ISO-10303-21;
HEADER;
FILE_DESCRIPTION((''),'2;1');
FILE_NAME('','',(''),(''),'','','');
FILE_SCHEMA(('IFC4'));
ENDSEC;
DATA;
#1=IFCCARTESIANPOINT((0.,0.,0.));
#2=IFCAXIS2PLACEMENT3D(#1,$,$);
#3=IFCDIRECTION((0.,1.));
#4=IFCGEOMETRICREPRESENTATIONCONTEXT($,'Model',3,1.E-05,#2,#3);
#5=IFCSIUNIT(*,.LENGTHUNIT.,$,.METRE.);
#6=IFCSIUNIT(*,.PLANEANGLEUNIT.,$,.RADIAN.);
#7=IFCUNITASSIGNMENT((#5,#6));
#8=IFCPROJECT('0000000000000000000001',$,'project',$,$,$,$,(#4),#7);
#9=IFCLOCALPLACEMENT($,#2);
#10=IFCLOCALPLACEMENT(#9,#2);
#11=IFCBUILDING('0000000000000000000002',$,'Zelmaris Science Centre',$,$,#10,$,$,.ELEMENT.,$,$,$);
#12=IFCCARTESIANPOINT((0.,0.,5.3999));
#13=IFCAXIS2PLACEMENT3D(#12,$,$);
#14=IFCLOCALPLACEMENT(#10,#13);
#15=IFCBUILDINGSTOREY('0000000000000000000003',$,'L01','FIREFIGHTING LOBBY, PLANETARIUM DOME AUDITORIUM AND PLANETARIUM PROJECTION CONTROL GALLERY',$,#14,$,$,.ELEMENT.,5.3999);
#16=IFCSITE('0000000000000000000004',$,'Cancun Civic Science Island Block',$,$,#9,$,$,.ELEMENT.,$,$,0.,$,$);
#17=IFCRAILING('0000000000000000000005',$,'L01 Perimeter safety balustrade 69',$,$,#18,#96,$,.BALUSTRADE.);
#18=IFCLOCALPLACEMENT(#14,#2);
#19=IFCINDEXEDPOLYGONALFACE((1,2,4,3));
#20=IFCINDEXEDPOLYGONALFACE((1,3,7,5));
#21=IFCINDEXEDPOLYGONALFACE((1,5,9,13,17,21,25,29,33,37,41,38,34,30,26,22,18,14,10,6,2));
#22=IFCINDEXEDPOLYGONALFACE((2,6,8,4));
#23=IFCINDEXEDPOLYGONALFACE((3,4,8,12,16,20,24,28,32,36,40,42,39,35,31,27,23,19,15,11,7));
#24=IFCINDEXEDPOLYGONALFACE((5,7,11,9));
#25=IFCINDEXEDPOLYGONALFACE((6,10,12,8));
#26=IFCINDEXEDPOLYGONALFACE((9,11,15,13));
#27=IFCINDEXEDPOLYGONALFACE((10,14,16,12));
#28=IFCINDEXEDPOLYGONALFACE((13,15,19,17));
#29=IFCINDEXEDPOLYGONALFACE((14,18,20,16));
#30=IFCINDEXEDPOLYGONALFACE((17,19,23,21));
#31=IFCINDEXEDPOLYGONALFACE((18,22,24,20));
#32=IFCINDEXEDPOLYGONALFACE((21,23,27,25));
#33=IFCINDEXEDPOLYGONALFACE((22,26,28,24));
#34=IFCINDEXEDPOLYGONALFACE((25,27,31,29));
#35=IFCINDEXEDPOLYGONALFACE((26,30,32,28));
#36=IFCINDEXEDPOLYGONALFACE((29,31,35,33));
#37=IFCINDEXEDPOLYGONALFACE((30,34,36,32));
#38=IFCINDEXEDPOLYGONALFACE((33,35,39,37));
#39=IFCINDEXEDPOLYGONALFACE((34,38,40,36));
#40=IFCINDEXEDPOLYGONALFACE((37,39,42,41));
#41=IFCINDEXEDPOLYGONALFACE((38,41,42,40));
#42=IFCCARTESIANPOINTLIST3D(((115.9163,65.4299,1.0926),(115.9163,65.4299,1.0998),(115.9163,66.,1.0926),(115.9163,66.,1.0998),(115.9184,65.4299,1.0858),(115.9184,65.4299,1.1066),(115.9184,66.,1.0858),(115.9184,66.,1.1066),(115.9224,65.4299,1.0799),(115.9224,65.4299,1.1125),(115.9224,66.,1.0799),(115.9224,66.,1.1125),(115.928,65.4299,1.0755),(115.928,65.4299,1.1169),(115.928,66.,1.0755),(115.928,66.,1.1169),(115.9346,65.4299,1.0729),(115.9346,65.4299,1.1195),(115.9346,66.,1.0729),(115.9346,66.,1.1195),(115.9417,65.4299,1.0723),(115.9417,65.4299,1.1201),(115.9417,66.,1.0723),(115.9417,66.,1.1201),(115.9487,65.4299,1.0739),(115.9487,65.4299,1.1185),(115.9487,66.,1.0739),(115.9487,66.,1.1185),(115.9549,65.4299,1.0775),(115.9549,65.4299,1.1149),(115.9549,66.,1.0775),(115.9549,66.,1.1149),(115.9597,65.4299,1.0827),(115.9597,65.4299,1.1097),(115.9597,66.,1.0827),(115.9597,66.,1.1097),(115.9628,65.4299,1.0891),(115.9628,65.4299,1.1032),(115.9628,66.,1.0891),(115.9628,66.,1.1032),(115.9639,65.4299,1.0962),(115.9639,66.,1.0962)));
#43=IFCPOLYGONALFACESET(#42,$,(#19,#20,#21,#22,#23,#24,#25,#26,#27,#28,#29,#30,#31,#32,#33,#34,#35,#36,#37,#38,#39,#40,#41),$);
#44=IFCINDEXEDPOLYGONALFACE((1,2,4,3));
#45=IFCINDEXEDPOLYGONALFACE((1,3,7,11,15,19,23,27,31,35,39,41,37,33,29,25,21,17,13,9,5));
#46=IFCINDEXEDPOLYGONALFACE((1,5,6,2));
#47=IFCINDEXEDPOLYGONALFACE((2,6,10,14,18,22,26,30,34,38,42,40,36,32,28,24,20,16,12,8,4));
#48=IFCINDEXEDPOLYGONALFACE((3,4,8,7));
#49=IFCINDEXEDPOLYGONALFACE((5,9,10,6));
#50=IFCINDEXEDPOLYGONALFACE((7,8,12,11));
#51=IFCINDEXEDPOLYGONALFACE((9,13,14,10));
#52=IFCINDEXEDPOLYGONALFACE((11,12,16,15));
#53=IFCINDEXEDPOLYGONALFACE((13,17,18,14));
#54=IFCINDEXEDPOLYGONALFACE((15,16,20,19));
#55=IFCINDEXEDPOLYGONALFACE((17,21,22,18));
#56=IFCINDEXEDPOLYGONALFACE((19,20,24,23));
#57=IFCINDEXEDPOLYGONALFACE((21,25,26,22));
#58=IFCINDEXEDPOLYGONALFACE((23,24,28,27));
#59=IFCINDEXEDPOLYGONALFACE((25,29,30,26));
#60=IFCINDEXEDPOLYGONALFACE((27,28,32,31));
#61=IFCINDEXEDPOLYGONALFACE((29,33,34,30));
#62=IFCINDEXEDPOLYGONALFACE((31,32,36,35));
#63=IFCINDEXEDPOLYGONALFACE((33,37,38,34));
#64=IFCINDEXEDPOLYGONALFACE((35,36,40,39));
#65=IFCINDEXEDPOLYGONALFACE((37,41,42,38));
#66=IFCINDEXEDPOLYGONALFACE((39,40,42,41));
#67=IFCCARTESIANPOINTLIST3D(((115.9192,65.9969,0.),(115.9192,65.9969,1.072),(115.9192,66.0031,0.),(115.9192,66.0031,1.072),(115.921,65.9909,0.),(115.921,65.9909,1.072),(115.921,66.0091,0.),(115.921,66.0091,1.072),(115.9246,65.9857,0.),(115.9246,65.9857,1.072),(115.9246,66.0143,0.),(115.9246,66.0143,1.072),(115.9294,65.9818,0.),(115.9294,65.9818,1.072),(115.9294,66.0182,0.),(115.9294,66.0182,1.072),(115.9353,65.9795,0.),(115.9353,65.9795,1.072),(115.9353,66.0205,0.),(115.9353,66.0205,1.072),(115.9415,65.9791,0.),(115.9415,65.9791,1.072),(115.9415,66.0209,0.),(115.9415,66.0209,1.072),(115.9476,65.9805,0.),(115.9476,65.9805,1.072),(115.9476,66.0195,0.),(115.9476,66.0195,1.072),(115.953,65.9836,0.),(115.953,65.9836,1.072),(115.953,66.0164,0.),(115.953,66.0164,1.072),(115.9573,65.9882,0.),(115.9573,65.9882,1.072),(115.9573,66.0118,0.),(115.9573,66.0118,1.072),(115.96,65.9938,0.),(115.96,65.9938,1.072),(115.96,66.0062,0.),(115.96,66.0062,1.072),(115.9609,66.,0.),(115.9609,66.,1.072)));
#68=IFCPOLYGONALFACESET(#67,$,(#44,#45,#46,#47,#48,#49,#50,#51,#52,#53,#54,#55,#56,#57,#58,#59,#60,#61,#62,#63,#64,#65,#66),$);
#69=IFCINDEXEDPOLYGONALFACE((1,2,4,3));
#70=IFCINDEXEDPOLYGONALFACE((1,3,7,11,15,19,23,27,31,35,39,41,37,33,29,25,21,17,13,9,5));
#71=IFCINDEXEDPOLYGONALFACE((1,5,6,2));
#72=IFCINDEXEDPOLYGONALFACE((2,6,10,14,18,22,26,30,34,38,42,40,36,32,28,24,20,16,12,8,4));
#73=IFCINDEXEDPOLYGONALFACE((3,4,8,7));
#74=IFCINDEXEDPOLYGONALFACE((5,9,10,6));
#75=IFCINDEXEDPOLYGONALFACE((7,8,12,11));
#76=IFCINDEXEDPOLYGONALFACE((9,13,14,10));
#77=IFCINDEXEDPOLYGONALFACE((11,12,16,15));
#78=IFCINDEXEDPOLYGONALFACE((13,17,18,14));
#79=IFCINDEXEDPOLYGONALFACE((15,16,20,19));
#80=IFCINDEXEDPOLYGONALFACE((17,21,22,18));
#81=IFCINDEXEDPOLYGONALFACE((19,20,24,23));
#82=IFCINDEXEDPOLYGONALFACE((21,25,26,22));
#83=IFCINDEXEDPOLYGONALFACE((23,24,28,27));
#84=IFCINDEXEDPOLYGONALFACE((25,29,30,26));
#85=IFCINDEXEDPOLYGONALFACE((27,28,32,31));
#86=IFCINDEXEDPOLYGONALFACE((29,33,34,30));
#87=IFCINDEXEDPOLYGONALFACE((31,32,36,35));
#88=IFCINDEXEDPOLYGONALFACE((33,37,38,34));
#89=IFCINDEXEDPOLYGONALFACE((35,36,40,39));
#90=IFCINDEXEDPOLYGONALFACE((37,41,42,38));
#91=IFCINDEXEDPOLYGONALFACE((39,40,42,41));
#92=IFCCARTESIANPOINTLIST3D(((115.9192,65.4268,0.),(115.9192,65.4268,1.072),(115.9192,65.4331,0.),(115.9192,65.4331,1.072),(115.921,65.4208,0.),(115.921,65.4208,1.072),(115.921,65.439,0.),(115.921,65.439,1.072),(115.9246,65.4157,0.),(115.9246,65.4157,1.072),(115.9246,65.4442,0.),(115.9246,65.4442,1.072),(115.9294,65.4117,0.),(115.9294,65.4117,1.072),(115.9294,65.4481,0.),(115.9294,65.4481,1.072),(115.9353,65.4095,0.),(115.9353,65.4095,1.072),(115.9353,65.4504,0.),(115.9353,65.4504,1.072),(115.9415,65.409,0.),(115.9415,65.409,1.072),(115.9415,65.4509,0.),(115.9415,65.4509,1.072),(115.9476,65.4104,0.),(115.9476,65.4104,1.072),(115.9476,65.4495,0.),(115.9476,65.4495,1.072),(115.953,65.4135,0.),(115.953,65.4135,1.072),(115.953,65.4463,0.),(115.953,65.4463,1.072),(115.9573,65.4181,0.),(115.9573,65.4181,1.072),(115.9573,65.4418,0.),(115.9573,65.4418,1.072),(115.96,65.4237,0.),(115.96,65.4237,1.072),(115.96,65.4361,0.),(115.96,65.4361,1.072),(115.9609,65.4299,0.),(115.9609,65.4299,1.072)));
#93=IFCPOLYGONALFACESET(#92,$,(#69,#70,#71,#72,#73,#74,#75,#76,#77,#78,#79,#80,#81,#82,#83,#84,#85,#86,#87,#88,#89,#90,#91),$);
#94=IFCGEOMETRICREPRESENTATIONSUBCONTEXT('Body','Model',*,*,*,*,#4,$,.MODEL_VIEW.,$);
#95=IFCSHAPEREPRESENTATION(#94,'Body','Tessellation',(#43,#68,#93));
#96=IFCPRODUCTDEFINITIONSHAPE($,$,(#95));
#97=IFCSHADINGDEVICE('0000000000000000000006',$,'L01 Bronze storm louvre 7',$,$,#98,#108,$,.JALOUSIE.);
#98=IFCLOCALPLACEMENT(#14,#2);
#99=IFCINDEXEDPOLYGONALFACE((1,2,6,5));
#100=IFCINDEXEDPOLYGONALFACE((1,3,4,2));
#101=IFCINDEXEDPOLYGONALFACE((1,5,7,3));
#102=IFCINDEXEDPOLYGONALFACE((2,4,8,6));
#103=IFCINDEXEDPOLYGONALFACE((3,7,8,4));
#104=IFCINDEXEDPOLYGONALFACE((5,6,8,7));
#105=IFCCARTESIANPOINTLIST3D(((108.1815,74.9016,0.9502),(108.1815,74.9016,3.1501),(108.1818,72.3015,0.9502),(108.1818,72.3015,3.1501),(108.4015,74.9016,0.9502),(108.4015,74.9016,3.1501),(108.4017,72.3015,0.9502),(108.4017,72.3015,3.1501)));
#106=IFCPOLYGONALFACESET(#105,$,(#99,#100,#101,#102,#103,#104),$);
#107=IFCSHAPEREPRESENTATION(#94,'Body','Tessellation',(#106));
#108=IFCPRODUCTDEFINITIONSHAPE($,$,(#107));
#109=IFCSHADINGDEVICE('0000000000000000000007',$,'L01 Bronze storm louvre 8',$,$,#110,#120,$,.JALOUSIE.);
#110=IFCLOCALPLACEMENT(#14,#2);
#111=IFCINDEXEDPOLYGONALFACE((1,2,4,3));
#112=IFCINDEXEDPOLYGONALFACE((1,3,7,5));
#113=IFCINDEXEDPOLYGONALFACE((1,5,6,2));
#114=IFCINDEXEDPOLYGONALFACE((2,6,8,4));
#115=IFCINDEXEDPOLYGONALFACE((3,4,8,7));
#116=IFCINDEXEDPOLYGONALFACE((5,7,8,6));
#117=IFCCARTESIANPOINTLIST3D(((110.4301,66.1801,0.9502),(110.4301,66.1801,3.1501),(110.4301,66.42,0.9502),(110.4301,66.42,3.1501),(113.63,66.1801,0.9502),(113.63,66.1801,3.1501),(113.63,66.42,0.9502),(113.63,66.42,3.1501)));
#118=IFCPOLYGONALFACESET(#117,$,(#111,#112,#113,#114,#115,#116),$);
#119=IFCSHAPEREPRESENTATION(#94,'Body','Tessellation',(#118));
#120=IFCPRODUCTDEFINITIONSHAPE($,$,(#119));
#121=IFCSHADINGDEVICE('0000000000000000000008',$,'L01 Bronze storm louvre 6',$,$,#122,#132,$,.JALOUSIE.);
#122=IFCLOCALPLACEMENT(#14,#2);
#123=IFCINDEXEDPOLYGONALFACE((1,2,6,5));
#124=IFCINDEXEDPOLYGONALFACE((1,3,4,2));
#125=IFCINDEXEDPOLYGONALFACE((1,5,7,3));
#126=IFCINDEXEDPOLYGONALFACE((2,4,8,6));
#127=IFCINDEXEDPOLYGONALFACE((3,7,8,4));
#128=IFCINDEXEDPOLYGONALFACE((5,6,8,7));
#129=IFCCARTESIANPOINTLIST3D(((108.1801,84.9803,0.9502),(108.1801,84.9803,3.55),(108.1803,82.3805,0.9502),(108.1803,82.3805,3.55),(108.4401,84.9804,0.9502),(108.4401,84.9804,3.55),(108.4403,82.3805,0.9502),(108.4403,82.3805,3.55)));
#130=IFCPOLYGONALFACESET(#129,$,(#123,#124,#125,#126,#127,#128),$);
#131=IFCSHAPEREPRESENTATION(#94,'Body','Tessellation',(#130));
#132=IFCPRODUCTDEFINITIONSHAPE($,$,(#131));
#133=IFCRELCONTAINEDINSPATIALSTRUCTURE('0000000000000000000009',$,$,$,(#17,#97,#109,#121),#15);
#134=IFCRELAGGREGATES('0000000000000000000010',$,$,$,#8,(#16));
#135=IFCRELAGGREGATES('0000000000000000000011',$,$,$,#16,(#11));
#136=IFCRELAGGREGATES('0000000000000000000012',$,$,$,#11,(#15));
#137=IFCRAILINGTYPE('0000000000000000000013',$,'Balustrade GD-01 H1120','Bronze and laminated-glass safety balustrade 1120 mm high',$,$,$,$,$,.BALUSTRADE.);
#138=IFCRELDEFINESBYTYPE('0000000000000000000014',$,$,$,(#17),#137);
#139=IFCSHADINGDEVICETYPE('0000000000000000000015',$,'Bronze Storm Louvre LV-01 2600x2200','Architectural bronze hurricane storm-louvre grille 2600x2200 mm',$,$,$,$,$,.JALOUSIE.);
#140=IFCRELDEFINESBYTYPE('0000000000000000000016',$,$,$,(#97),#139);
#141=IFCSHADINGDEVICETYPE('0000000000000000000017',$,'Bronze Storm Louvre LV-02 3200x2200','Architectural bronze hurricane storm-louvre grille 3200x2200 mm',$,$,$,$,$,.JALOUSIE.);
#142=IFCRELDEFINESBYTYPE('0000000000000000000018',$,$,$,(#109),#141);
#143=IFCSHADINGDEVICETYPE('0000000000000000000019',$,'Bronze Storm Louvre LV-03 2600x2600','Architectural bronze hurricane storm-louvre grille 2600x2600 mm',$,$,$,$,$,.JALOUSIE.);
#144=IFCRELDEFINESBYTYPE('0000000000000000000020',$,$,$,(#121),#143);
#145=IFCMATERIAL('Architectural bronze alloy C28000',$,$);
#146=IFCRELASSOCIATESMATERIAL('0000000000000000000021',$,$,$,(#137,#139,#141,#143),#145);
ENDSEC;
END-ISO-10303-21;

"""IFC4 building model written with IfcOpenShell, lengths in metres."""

from ifc_helpers import new_model, si_unit, direction, frame, frame_2d, origin, origin_2d, place, context, subcontext, project, spatial, rectangle, circle, extrude, material, type_object, element, save


model = new_model("IFC4")

# Units and contexts
model_context = context("Model", 3, precision=1e-05, world=origin(), true_north=direction((0.0, 1.0)))
body_context = subcontext(model_context, "Body", "Model", "MODEL_VIEW")
ifc_project = project(units=[si_unit("LENGTHUNIT", "METRE"), si_unit("PLANEANGLEUNIT", "RADIAN")], contexts=[model_context])

# Site, building, storey
site_placement = place(None, origin())
site = spatial("IfcSite", under=ifc_project, at=site_placement, Name="Cancun Civic Science Island Block", CompositionType="ELEMENT", RefElevation=0.0)
building_placement = place(site_placement, origin())
building = spatial("IfcBuilding", under=site, at=building_placement, Name="Zelmaris Science Centre", CompositionType="ELEMENT")
storey_placement = place(building_placement, frame((0.0, 0.0, 5.3999)))
storey = spatial("IfcBuildingStorey", under=building, at=storey_placement, Name="L01", Description="FIREFIGHTING LOBBY, PLANETARIUM DOME AUDITORIUM AND PLANETARIUM PROJECTION CONTROL GALLERY", CompositionType="ELEMENT", Elevation=5.3999)

# Railing
ifc_material_1 = material(Name="Architectural bronze alloy C28000")
railing_type = type_object("IfcRailingType", Name="Balustrade GD-01 H1120", Description="Bronze and laminated-glass safety balustrade 1120 mm high", PredefinedType="BALUSTRADE", material=ifc_material_1)
railing_placement = place(storey_placement, frame((115.9399, 66.0, 0.0)))
element("IfcRailing", 1, at=railing_placement, inside=storey, type_object=railing_type, Name="L01 Perimeter safety balustrade 69", PredefinedType="BALUSTRADE", context=body_context, shape_type="SweptSolid", body=[
    extrude(circle(Radius=0.0239, at=origin_2d()), frame((0.0, 0.0, 1.0962), z_axis=(0.0, -1.0, 0.0), x_axis=(1.0, 0.0, 0.0)), (0.0, 0.0, 1.0), 0.5701),
    extrude(circle(Radius=0.021, at=origin_2d()), origin(), (0.0, 0.0, 1.0), 1.072),
    extrude(circle(Radius=0.021, at=origin_2d()), frame((0.0, -0.5701, 0.0)), (0.0, 0.0, 1.0), 1.072),
])

# Shading devices
shading_device_type_1 = type_object("IfcShadingDeviceType", Name="Bronze Storm Louvre LV-01 2600x2200", Description="Architectural bronze hurricane storm-louvre grille 2600x2200 mm", PredefinedType="JALOUSIE", material=ifc_material_1)
shading_device_1_placement = place(storey_placement, frame((108.2915, 74.9016, 0.9502), z_axis=(0.0, 0.0, 1.0), x_axis=(0.000094, -1.0, 0.0)))
element("IfcShadingDevice", 2, at=shading_device_1_placement, inside=storey, type_object=shading_device_type_1, Name="L01 Bronze storm louvre 7", PredefinedType="JALOUSIE", context=body_context, shape_type="SweptSolid", body=[
    extrude(rectangle(XDim=2.6001, YDim=0.22, at=frame_2d((1.3, 0.0))), origin(), (0.0, 0.0, 1.0), 2.2),
])
shading_device_type_2 = type_object("IfcShadingDeviceType", Name="Bronze Storm Louvre LV-02 3200x2200", Description="Architectural bronze hurricane storm-louvre grille 3200x2200 mm", PredefinedType="JALOUSIE", material=ifc_material_1)
shading_device_2_placement = place(storey_placement, frame((110.4299, 66.3, 0.9502), z_axis=(0.0, 0.0, 1.0), x_axis=(1.0, 0.0, 0.0)))
element("IfcShadingDevice", 3, at=shading_device_2_placement, inside=storey, type_object=shading_device_type_2, Name="L01 Bronze storm louvre 8", PredefinedType="JALOUSIE", context=body_context, shape_type="SweptSolid", body=[
    extrude(rectangle(XDim=3.2, YDim=0.24, at=frame_2d((1.6001, 0.0))), origin(), (0.0, 0.0, 1.0), 2.2),
])
shading_device_type_3 = type_object("IfcShadingDeviceType", Name="Bronze Storm Louvre LV-03 2600x2600", Description="Architectural bronze hurricane storm-louvre grille 2600x2600 mm", PredefinedType="JALOUSIE", material=ifc_material_1)
shading_device_3_placement = place(storey_placement, frame((108.3101, 84.9802, 0.9502), z_axis=(0.0, 0.0, 1.0), x_axis=(0.000094, -1.0, 0.0)))
element("IfcShadingDevice", 4, at=shading_device_3_placement, inside=storey, type_object=shading_device_type_3, Name="L01 Bronze storm louvre 6", PredefinedType="JALOUSIE", context=body_context, shape_type="SweptSolid", body=[
    extrude(rectangle(XDim=2.5999, YDim=0.26, at=frame_2d((1.2998, 0.0))), origin(), (0.0, 0.0, 1.0), 2.5999),
])

save(model, "model.ifc")
